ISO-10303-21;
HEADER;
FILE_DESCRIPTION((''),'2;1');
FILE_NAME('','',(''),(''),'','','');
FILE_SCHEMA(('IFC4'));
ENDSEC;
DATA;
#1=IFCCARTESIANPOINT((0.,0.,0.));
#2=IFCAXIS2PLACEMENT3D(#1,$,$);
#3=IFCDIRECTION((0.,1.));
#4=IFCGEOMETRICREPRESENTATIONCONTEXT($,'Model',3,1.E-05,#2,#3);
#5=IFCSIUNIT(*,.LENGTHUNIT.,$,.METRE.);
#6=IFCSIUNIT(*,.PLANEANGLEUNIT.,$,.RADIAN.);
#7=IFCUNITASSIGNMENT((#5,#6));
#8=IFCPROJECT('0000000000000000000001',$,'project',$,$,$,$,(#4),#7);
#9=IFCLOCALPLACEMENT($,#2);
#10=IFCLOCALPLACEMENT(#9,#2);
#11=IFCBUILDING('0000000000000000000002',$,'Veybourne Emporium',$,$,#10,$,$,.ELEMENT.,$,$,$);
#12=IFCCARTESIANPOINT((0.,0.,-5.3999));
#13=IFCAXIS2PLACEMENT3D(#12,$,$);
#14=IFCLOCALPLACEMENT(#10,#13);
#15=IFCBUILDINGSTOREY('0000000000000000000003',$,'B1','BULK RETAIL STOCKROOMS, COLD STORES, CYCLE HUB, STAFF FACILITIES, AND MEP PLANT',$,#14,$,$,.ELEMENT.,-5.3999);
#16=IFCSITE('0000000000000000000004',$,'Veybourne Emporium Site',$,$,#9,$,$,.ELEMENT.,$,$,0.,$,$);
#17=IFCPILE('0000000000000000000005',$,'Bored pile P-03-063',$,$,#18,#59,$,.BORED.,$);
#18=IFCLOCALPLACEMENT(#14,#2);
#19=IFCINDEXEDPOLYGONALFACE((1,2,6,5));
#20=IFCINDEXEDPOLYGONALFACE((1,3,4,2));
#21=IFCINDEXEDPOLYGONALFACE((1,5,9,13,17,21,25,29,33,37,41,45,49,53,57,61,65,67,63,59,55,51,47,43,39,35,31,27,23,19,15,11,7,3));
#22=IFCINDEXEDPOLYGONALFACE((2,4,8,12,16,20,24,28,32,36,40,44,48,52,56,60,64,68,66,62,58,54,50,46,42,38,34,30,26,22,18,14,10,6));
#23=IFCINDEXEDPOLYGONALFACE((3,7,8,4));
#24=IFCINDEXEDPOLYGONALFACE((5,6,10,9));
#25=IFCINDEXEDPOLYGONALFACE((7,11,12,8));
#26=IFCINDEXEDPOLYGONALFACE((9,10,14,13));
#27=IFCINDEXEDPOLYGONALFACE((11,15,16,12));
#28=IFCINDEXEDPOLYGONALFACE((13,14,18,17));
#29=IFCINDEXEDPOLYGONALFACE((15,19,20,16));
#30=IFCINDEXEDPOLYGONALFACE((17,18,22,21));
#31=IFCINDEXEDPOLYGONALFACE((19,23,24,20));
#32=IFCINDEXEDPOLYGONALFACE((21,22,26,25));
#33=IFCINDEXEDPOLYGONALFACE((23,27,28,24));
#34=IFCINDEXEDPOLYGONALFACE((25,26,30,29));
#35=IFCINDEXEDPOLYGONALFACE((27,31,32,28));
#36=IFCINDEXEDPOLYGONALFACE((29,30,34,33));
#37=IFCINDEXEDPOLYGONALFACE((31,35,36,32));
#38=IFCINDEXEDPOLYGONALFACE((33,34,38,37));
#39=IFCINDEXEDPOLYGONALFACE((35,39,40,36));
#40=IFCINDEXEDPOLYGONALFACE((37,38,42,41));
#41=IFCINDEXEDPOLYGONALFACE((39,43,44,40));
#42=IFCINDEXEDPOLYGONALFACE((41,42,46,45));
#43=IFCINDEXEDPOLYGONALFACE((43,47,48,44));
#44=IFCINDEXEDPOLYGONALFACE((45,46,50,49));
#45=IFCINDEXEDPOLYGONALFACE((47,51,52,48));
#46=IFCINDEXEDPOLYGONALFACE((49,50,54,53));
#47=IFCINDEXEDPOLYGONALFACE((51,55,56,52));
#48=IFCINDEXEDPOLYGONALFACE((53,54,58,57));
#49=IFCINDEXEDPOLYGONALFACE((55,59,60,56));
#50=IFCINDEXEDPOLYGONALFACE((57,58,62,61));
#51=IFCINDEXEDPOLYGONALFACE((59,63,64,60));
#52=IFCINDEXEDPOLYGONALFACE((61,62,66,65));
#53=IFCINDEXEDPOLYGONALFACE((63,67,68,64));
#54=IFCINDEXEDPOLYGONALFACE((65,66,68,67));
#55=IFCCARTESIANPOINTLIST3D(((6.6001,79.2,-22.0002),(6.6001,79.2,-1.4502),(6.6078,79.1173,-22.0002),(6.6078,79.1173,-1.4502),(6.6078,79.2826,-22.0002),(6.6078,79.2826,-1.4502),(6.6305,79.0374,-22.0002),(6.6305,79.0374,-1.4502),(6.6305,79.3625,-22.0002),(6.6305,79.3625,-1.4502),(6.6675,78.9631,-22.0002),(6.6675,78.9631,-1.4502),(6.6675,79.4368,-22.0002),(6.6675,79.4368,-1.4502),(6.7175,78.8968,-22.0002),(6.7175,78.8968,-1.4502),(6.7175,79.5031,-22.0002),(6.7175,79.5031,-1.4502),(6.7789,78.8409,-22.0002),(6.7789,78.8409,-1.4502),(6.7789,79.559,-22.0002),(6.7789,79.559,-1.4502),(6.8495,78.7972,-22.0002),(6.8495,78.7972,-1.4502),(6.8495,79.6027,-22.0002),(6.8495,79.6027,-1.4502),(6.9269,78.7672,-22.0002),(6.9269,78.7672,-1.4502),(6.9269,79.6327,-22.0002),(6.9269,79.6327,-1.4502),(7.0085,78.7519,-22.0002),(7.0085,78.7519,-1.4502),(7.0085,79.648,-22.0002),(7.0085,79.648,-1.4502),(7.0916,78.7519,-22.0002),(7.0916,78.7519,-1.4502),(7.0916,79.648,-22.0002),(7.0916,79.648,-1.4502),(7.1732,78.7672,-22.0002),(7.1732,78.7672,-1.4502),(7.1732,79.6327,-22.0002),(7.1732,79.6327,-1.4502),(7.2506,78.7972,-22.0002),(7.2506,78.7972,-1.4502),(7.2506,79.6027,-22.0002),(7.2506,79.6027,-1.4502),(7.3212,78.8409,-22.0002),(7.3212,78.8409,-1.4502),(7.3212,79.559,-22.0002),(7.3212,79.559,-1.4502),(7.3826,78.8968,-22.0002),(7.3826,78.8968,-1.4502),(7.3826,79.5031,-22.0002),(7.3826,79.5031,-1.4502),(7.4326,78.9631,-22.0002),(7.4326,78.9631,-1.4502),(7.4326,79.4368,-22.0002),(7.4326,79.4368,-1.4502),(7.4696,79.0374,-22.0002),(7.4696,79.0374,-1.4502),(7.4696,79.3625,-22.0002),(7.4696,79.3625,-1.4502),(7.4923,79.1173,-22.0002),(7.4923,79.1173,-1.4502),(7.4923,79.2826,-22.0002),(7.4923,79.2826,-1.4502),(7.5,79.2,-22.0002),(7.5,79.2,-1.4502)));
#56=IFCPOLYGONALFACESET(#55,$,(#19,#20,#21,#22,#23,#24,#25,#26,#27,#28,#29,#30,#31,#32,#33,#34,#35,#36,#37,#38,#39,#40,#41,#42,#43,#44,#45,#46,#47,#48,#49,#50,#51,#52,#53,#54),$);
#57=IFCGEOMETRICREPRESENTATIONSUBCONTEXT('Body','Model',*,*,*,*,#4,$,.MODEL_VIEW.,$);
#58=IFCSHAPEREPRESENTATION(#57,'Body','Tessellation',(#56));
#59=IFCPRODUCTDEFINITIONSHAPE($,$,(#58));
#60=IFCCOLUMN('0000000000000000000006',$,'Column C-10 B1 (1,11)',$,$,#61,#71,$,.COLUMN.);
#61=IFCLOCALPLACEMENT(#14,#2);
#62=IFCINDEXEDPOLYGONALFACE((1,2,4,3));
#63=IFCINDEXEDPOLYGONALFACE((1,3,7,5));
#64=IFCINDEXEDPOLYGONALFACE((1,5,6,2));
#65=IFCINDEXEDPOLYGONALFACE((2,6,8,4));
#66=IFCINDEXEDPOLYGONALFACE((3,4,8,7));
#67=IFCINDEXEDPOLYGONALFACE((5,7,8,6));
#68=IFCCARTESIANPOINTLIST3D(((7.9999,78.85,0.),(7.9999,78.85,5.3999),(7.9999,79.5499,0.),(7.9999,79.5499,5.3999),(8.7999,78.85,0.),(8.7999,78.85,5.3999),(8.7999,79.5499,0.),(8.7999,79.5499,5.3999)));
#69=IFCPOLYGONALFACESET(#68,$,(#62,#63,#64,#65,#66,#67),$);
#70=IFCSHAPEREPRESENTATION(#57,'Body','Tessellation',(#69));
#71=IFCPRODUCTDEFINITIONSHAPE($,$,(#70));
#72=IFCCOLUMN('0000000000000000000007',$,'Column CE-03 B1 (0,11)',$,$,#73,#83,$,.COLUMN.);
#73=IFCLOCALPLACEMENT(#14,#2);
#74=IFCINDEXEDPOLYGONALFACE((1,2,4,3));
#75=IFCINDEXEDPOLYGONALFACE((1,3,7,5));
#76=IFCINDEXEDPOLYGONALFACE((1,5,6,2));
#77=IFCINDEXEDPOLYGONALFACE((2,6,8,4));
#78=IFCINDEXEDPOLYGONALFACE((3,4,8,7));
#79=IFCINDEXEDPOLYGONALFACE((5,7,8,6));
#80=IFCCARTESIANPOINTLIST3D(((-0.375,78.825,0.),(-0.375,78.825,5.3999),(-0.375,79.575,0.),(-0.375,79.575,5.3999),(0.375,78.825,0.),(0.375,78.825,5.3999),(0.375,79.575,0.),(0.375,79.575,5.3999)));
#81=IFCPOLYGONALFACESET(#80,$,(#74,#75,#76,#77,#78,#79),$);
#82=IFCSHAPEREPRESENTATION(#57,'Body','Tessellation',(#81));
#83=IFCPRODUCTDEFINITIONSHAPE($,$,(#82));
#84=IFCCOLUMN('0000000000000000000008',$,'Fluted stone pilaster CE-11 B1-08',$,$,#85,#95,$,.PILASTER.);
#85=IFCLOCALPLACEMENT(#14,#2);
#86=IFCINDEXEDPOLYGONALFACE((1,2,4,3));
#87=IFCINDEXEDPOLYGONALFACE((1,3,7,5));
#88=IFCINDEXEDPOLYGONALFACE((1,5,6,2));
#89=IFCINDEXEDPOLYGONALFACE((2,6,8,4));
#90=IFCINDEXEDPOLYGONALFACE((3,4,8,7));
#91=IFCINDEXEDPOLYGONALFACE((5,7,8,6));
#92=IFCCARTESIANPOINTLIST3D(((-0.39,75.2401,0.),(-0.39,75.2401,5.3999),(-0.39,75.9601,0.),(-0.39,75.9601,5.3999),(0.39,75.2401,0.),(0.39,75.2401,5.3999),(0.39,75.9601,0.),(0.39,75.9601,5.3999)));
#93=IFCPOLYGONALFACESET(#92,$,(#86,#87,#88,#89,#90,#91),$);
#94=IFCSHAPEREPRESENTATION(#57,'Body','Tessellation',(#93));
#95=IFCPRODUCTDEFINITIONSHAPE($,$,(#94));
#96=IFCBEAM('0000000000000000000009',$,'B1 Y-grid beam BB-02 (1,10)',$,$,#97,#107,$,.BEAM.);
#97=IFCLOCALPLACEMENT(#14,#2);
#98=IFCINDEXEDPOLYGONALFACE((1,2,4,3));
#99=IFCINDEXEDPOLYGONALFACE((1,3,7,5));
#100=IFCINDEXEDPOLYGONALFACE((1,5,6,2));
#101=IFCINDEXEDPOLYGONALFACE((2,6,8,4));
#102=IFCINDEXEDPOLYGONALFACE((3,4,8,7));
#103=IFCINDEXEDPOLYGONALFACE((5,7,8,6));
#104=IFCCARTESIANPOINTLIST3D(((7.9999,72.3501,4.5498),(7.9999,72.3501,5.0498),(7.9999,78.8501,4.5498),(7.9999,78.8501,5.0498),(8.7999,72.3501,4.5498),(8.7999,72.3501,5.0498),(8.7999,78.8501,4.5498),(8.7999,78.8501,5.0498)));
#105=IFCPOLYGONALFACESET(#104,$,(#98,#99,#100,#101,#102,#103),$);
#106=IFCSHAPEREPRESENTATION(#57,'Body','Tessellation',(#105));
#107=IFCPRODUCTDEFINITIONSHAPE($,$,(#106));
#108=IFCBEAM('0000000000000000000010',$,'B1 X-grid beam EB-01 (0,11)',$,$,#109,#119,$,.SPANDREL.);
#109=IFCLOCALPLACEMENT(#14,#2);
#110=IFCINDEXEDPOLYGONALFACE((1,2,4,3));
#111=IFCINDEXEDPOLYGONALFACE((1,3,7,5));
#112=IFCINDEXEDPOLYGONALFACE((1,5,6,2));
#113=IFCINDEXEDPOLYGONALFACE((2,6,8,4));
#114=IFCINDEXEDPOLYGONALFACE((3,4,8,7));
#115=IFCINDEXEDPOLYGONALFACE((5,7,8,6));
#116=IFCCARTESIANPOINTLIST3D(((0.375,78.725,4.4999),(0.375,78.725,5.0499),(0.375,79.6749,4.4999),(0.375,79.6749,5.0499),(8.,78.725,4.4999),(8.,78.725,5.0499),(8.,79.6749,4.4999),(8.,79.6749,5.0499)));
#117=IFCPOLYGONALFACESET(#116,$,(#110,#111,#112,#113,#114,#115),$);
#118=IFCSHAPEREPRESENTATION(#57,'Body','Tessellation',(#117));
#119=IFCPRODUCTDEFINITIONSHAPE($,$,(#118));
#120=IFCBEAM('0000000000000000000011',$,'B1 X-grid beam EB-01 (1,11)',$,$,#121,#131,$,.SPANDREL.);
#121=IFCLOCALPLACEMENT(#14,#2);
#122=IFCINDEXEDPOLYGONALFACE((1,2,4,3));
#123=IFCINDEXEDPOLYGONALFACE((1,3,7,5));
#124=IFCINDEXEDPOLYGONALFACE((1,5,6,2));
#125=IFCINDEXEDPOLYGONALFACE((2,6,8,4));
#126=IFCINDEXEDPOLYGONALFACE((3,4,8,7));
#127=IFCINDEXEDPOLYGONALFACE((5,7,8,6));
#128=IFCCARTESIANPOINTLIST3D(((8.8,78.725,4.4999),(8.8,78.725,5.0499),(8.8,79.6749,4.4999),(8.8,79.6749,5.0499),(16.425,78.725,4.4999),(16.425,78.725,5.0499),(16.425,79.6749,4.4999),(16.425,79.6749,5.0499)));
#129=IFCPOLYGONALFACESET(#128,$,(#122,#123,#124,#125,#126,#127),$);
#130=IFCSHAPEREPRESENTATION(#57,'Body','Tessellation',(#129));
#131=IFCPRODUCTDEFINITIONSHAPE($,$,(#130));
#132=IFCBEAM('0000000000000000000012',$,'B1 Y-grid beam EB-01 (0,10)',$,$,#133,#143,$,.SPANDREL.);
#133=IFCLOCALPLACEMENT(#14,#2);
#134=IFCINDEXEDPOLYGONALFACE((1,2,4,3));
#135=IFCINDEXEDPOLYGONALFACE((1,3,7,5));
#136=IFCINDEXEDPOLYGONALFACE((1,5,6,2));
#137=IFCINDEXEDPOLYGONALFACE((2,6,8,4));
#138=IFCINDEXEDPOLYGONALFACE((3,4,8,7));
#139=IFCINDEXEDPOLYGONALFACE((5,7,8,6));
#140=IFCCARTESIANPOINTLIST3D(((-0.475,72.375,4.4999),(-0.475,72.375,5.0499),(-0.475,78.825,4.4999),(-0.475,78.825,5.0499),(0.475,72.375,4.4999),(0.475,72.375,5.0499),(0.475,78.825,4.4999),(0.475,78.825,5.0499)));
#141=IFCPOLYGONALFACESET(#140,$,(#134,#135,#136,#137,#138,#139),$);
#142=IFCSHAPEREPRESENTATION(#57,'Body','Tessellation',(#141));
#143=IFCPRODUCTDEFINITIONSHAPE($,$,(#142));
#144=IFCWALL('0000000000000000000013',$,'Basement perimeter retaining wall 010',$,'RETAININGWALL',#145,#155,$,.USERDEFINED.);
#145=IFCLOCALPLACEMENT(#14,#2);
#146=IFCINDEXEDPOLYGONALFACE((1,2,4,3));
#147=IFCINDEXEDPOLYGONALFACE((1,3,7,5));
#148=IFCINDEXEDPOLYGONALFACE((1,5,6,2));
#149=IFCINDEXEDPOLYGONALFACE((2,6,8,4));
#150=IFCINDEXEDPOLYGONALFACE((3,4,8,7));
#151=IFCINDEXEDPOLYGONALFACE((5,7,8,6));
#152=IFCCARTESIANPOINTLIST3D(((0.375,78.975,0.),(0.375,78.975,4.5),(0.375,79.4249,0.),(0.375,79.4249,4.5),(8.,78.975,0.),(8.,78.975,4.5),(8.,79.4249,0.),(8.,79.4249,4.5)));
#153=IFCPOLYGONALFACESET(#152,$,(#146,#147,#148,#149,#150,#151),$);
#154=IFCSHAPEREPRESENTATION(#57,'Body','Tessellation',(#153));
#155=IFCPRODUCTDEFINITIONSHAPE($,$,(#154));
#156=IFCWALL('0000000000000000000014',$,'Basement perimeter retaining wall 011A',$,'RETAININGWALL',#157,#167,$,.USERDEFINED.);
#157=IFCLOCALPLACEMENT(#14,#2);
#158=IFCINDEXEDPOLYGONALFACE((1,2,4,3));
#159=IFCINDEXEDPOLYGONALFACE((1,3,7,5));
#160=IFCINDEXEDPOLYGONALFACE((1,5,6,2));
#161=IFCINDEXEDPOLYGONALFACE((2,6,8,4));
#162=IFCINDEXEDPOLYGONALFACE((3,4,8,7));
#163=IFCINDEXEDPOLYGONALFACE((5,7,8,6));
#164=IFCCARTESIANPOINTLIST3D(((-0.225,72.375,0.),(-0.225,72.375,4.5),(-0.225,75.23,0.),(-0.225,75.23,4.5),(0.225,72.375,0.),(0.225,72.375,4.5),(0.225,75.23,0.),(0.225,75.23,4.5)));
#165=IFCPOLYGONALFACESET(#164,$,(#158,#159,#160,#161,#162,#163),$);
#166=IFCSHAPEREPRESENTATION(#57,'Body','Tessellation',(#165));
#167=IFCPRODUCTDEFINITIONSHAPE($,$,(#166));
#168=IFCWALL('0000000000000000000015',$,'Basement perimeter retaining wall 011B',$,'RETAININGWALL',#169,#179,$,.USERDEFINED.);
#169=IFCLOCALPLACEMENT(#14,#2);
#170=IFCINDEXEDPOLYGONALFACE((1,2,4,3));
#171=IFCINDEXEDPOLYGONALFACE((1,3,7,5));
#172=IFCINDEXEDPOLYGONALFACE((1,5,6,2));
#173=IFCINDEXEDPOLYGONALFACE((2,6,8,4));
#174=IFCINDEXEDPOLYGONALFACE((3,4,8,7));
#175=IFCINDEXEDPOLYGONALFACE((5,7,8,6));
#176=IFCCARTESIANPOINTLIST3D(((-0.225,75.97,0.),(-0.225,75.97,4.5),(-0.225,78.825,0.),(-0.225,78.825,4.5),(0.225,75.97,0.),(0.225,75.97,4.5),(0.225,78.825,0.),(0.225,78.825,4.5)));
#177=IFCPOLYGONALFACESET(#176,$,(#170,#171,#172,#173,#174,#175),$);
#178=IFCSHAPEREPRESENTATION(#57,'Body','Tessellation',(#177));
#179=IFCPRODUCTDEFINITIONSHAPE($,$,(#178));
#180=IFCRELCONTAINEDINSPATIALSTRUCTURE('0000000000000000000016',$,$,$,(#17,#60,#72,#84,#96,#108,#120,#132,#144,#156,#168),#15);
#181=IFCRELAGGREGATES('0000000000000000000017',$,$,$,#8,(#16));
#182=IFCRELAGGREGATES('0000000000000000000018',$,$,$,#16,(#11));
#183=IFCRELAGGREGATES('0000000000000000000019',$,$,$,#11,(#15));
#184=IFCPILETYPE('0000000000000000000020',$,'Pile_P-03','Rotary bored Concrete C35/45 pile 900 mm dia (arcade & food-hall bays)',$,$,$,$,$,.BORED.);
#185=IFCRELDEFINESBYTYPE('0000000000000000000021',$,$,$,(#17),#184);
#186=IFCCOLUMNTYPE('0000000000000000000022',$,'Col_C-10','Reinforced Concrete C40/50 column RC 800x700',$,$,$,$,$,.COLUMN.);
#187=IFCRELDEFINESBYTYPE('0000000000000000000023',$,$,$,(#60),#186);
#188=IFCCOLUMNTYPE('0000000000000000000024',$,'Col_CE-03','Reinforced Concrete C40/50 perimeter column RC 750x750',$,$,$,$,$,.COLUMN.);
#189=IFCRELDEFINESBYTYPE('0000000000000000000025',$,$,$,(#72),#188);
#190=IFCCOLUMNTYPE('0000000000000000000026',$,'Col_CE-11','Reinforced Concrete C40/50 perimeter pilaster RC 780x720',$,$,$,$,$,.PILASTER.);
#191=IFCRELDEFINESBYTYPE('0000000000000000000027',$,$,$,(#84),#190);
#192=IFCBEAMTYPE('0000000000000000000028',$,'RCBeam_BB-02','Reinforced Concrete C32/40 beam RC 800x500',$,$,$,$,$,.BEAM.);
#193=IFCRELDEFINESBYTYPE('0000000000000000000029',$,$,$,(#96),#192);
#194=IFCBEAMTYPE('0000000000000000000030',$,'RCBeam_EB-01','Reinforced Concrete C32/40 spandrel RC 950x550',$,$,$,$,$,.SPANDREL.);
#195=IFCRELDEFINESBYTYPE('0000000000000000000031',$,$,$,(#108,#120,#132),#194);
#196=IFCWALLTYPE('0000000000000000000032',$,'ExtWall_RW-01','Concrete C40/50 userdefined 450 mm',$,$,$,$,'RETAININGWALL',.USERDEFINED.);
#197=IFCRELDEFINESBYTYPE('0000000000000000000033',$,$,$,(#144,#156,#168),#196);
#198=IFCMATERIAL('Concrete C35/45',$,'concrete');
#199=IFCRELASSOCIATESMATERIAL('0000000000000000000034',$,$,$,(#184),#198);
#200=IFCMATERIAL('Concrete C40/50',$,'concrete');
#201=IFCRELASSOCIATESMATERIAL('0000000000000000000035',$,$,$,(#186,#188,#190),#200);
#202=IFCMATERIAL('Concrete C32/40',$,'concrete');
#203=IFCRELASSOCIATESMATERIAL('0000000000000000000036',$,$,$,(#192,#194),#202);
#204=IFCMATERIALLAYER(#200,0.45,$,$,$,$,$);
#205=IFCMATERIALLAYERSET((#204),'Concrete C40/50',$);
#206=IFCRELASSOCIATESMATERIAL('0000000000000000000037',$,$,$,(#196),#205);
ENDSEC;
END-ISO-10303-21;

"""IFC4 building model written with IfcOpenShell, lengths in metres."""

from ifc_helpers import new_model, si_unit, direction, frame, frame_2d, origin, origin_2d, place, context, subcontext, project, spatial, rectangle, circle, extrude, material, layer, layer_set, material_profile, profile_set, type_object, element, save


model = new_model("IFC4")

# Units and contexts
model_context = context("Model", 3, precision=1e-05, world=origin(), true_north=direction((0.0, 1.0)))
body_context = subcontext(model_context, "Body", "Model", "MODEL_VIEW")
ifc_project = project(units=[si_unit("LENGTHUNIT", "METRE"), si_unit("PLANEANGLEUNIT", "RADIAN")], contexts=[model_context])

# Site, building, storey
site_placement = place(None, origin())
site = spatial("IfcSite", under=ifc_project, at=site_placement, Name="Veybourne Emporium Site", CompositionType="ELEMENT", RefElevation=0.0)
building_placement = place(site_placement, origin())
building = spatial("IfcBuilding", under=site, at=building_placement, Name="Veybourne Emporium", CompositionType="ELEMENT")
storey_placement = place(building_placement, frame((0.0, 0.0, -5.3999)))
storey = spatial("IfcBuildingStorey", under=building, at=storey_placement, Name="B1", Description="BULK RETAIL STOCKROOMS, COLD STORES, CYCLE HUB, STAFF FACILITIES, AND MEP PLANT", CompositionType="ELEMENT", Elevation=-5.3999)

# Shared definitions
ifc_material_1 = material(Name="Concrete C35/45", Category="concrete")

# Pile
ifc_material_profile_1 = material_profile(ifc_material_1, circle(Radius=0.45, at=origin_2d()), Name="BORED PILE 900")
ifc_profile_set_1 = profile_set([ifc_material_profile_1], Name="Concrete C35/45")
pile_type = type_object("IfcPileType", Name="Pile_P-03", Description="Rotary bored Concrete C35/45 pile 900 mm dia (arcade & food-hall bays)", PredefinedType="BORED", material=ifc_profile_set_1)
for number, where, z_axis, x_axis, name in (
    (1, (7.05, 79.2, -1.4502), (0.0, 0.0, -1.0), (1.0, 0.0, 0.0), "Bored pile P-03-063"),
):
    element("IfcPile", number, at=place(storey_placement, frame(where, z_axis=z_axis, x_axis=x_axis)), inside=storey, type_object=pile_type, Name=name, PredefinedType="BORED", context=body_context, shape_type="SweptSolid", body=[
        extrude(circle(Radius=0.45, at=origin_2d()), origin(), (0.0, 0.0, 1.0), 20.55),
    ])

# Columns
ifc_material_2 = material(Name="Concrete C40/50", Category="concrete")
ifc_material_profile_2 = material_profile(ifc_material_2, rectangle(XDim=0.8, YDim=0.7, at=origin_2d()), Name="RC 800x700")
ifc_profile_set_2 = profile_set([ifc_material_profile_2], Name="Concrete C40/50")
column_type_1 = type_object("IfcColumnType", Name="Col_C-10", Description="Reinforced Concrete C40/50 column RC 800x700", PredefinedType="COLUMN", material=ifc_profile_set_2)
column_1_placement = place(storey_placement, frame((8.3999, 79.2, 0.0), z_axis=(0.0, 0.0, 1.0), x_axis=(1.0, 0.0, 0.0)))
element("IfcColumn", 2, at=column_1_placement, inside=storey, type_object=column_type_1, Name="Column C-10 B1 (1,11)", PredefinedType="COLUMN", context=body_context, shape_type="SweptSolid", body=[
    extrude(rectangle(XDim=0.8, YDim=0.7, at=origin_2d()), origin(), (0.0, 0.0, 1.0), 5.3999),
])
ifc_material_profile_3 = material_profile(ifc_material_2, rectangle(XDim=0.75, YDim=0.75, at=origin_2d()), Name="RC 750x750")
ifc_profile_set_3 = profile_set([ifc_material_profile_3], Name="Concrete C40/50")
column_type_2 = type_object("IfcColumnType", Name="Col_CE-03", Description="Reinforced Concrete C40/50 perimeter column RC 750x750", PredefinedType="COLUMN", material=ifc_profile_set_3)
column_2_placement = place(storey_placement, frame((0.0, 79.2, 0.0), z_axis=(0.0, 0.0, 1.0), x_axis=(1.0, 0.0, 0.0)))
element("IfcColumn", 3, at=column_2_placement, inside=storey, type_object=column_type_2, Name="Column CE-03 B1 (0,11)", PredefinedType="COLUMN", context=body_context, shape_type="SweptSolid", body=[
    extrude(rectangle(XDim=0.75, YDim=0.75, at=origin_2d()), origin(), (0.0, 0.0, 1.0), 5.3999),
])
ifc_material_profile_4 = material_profile(ifc_material_2, rectangle(XDim=0.78, YDim=0.72, at=origin_2d()), Name="RC 780x720")
ifc_profile_set_4 = profile_set([ifc_material_profile_4], Name="Concrete C40/50")
column_type_3 = type_object("IfcColumnType", Name="Col_CE-11", Description="Reinforced Concrete C40/50 perimeter pilaster RC 780x720", PredefinedType="PILASTER", material=ifc_profile_set_4)
column_3_placement = place(storey_placement, frame((0.0, 75.6001, 0.0), z_axis=(0.0, 0.0, 1.0), x_axis=(1.0, 0.0, 0.0)))
element("IfcColumn", 4, at=column_3_placement, inside=storey, type_object=column_type_3, Name="Fluted stone pilaster CE-11 B1-08", PredefinedType="PILASTER", context=body_context, shape_type="SweptSolid", body=[
    extrude(rectangle(XDim=0.78, YDim=0.72, at=origin_2d()), origin(), (0.0, 0.0, 1.0), 5.3999),
])

# Beams
ifc_material_3 = material(Name="Concrete C32/40", Category="concrete")
ifc_material_profile_5 = material_profile(ifc_material_3, rectangle(XDim=0.8, YDim=0.5, at=origin_2d()), Name="RC 800x500")
ifc_profile_set_5 = profile_set([ifc_material_profile_5], Name="Concrete C32/40")
beam_type_1 = type_object("IfcBeamType", Name="RCBeam_BB-02", Description="Reinforced Concrete C32/40 beam RC 800x500", PredefinedType="BEAM", material=ifc_profile_set_5)
beam_1_placement = place(storey_placement, frame((8.3999, 72.3501, 4.7998), z_axis=(0.0, 1.0, 0.0), x_axis=(-1.0, 0.0, 0.0)))
element("IfcBeam", 5, at=beam_1_placement, inside=storey, type_object=beam_type_1, Name="B1 Y-grid beam BB-02 (1,10)", PredefinedType="BEAM", context=body_context, shape_type="SweptSolid", body=[
    extrude(rectangle(XDim=0.8, YDim=0.5, at=origin_2d()), origin(), (0.0, 0.0, 1.0), 6.5),
])
ifc_material_profile_6 = material_profile(ifc_material_3, rectangle(XDim=0.95, YDim=0.55, at=origin_2d()), Name="RC 950x550")
ifc_profile_set_6 = profile_set([ifc_material_profile_6], Name="Concrete C32/40")
beam_type_2 = type_object("IfcBeamType", Name="RCBeam_EB-01", Description="Reinforced Concrete C32/40 spandrel RC 950x550", PredefinedType="SPANDREL", material=ifc_profile_set_6)
for number, where, z_axis, x_axis, name in (
    (6, (0.375, 79.2, 4.7749), (1.0, 0.0, 0.0), (0.0, 1.0, 0.0), "B1 X-grid beam EB-01 (0,11)"),
    (7, (8.8, 79.2, 4.7749), (1.0, 0.0, 0.0), (0.0, 1.0, 0.0), "B1 X-grid beam EB-01 (1,11)"),
):
    element("IfcBeam", number, at=place(storey_placement, frame(where, z_axis=z_axis, x_axis=x_axis)), inside=storey, type_object=beam_type_2, Name=name, PredefinedType="SPANDREL", context=body_context, shape_type="SweptSolid", body=[
        extrude(rectangle(XDim=0.95, YDim=0.55, at=origin_2d()), origin(), (0.0, 0.0, 1.0), 7.625),
    ])
beam_2_placement = place(storey_placement, frame((0.0, 72.375, 4.7749), z_axis=(0.0, 1.0, 0.0), x_axis=(-1.0, 0.0, 0.0)))
element("IfcBeam", 8, at=beam_2_placement, inside=storey, type_object=beam_type_2, Name="B1 Y-grid beam EB-01 (0,10)", PredefinedType="SPANDREL", context=body_context, shape_type="SweptSolid", body=[
    extrude(rectangle(XDim=0.95, YDim=0.55, at=origin_2d()), origin(), (0.0, 0.0, 1.0), 6.45),
])

# Walls
ifc_layer_1 = layer(ifc_material_2, 0.45)
ifc_layer_set_1 = layer_set([ifc_layer_1], Name="Concrete C40/50")
wall_type_1 = type_object("IfcWallType", Name="ExtWall_RW-01", Description="Concrete C40/50 userdefined 450 mm", ElementType="RETAININGWALL", PredefinedType="USERDEFINED", material=ifc_layer_set_1)
wall_1_placement = place(storey_placement, frame((0.375, 79.2, 0.0), z_axis=(0.0, 0.0, 1.0), x_axis=(1.0, 0.0, 0.0)))
element("IfcWall", 9, at=wall_1_placement, inside=storey, type_object=wall_type_1, Name="Basement perimeter retaining wall 010", ObjectType="RETAININGWALL", PredefinedType="USERDEFINED", context=body_context, shape_type="SweptSolid", body=[
    extrude(rectangle(XDim=7.625, YDim=0.45, at=frame_2d((3.8125, 0.0))), origin(), (0.0, 0.0, 1.0), 4.5),
])
for number, where, z_axis, x_axis, name in (
    (10, (0.0, 72.375, 0.0), (0.0, 0.0, 1.0), (0.0, 1.0, 0.0), "Basement perimeter retaining wall 011A"),
    (11, (0.0, 75.97, 0.0), (0.0, 0.0, 1.0), (0.0, 1.0, 0.0), "Basement perimeter retaining wall 011B"),
):
    element("IfcWall", number, at=place(storey_placement, frame(where, z_axis=z_axis, x_axis=x_axis)), inside=storey, type_object=wall_type_1, Name=name, ObjectType="RETAININGWALL", PredefinedType="USERDEFINED", context=body_context, shape_type="SweptSolid", body=[
        extrude(rectangle(XDim=2.855, YDim=0.45, at=frame_2d((1.4275, 0.0))), origin(), (0.0, 0.0, 1.0), 4.5),
    ])

save(model, "model.ifc")
